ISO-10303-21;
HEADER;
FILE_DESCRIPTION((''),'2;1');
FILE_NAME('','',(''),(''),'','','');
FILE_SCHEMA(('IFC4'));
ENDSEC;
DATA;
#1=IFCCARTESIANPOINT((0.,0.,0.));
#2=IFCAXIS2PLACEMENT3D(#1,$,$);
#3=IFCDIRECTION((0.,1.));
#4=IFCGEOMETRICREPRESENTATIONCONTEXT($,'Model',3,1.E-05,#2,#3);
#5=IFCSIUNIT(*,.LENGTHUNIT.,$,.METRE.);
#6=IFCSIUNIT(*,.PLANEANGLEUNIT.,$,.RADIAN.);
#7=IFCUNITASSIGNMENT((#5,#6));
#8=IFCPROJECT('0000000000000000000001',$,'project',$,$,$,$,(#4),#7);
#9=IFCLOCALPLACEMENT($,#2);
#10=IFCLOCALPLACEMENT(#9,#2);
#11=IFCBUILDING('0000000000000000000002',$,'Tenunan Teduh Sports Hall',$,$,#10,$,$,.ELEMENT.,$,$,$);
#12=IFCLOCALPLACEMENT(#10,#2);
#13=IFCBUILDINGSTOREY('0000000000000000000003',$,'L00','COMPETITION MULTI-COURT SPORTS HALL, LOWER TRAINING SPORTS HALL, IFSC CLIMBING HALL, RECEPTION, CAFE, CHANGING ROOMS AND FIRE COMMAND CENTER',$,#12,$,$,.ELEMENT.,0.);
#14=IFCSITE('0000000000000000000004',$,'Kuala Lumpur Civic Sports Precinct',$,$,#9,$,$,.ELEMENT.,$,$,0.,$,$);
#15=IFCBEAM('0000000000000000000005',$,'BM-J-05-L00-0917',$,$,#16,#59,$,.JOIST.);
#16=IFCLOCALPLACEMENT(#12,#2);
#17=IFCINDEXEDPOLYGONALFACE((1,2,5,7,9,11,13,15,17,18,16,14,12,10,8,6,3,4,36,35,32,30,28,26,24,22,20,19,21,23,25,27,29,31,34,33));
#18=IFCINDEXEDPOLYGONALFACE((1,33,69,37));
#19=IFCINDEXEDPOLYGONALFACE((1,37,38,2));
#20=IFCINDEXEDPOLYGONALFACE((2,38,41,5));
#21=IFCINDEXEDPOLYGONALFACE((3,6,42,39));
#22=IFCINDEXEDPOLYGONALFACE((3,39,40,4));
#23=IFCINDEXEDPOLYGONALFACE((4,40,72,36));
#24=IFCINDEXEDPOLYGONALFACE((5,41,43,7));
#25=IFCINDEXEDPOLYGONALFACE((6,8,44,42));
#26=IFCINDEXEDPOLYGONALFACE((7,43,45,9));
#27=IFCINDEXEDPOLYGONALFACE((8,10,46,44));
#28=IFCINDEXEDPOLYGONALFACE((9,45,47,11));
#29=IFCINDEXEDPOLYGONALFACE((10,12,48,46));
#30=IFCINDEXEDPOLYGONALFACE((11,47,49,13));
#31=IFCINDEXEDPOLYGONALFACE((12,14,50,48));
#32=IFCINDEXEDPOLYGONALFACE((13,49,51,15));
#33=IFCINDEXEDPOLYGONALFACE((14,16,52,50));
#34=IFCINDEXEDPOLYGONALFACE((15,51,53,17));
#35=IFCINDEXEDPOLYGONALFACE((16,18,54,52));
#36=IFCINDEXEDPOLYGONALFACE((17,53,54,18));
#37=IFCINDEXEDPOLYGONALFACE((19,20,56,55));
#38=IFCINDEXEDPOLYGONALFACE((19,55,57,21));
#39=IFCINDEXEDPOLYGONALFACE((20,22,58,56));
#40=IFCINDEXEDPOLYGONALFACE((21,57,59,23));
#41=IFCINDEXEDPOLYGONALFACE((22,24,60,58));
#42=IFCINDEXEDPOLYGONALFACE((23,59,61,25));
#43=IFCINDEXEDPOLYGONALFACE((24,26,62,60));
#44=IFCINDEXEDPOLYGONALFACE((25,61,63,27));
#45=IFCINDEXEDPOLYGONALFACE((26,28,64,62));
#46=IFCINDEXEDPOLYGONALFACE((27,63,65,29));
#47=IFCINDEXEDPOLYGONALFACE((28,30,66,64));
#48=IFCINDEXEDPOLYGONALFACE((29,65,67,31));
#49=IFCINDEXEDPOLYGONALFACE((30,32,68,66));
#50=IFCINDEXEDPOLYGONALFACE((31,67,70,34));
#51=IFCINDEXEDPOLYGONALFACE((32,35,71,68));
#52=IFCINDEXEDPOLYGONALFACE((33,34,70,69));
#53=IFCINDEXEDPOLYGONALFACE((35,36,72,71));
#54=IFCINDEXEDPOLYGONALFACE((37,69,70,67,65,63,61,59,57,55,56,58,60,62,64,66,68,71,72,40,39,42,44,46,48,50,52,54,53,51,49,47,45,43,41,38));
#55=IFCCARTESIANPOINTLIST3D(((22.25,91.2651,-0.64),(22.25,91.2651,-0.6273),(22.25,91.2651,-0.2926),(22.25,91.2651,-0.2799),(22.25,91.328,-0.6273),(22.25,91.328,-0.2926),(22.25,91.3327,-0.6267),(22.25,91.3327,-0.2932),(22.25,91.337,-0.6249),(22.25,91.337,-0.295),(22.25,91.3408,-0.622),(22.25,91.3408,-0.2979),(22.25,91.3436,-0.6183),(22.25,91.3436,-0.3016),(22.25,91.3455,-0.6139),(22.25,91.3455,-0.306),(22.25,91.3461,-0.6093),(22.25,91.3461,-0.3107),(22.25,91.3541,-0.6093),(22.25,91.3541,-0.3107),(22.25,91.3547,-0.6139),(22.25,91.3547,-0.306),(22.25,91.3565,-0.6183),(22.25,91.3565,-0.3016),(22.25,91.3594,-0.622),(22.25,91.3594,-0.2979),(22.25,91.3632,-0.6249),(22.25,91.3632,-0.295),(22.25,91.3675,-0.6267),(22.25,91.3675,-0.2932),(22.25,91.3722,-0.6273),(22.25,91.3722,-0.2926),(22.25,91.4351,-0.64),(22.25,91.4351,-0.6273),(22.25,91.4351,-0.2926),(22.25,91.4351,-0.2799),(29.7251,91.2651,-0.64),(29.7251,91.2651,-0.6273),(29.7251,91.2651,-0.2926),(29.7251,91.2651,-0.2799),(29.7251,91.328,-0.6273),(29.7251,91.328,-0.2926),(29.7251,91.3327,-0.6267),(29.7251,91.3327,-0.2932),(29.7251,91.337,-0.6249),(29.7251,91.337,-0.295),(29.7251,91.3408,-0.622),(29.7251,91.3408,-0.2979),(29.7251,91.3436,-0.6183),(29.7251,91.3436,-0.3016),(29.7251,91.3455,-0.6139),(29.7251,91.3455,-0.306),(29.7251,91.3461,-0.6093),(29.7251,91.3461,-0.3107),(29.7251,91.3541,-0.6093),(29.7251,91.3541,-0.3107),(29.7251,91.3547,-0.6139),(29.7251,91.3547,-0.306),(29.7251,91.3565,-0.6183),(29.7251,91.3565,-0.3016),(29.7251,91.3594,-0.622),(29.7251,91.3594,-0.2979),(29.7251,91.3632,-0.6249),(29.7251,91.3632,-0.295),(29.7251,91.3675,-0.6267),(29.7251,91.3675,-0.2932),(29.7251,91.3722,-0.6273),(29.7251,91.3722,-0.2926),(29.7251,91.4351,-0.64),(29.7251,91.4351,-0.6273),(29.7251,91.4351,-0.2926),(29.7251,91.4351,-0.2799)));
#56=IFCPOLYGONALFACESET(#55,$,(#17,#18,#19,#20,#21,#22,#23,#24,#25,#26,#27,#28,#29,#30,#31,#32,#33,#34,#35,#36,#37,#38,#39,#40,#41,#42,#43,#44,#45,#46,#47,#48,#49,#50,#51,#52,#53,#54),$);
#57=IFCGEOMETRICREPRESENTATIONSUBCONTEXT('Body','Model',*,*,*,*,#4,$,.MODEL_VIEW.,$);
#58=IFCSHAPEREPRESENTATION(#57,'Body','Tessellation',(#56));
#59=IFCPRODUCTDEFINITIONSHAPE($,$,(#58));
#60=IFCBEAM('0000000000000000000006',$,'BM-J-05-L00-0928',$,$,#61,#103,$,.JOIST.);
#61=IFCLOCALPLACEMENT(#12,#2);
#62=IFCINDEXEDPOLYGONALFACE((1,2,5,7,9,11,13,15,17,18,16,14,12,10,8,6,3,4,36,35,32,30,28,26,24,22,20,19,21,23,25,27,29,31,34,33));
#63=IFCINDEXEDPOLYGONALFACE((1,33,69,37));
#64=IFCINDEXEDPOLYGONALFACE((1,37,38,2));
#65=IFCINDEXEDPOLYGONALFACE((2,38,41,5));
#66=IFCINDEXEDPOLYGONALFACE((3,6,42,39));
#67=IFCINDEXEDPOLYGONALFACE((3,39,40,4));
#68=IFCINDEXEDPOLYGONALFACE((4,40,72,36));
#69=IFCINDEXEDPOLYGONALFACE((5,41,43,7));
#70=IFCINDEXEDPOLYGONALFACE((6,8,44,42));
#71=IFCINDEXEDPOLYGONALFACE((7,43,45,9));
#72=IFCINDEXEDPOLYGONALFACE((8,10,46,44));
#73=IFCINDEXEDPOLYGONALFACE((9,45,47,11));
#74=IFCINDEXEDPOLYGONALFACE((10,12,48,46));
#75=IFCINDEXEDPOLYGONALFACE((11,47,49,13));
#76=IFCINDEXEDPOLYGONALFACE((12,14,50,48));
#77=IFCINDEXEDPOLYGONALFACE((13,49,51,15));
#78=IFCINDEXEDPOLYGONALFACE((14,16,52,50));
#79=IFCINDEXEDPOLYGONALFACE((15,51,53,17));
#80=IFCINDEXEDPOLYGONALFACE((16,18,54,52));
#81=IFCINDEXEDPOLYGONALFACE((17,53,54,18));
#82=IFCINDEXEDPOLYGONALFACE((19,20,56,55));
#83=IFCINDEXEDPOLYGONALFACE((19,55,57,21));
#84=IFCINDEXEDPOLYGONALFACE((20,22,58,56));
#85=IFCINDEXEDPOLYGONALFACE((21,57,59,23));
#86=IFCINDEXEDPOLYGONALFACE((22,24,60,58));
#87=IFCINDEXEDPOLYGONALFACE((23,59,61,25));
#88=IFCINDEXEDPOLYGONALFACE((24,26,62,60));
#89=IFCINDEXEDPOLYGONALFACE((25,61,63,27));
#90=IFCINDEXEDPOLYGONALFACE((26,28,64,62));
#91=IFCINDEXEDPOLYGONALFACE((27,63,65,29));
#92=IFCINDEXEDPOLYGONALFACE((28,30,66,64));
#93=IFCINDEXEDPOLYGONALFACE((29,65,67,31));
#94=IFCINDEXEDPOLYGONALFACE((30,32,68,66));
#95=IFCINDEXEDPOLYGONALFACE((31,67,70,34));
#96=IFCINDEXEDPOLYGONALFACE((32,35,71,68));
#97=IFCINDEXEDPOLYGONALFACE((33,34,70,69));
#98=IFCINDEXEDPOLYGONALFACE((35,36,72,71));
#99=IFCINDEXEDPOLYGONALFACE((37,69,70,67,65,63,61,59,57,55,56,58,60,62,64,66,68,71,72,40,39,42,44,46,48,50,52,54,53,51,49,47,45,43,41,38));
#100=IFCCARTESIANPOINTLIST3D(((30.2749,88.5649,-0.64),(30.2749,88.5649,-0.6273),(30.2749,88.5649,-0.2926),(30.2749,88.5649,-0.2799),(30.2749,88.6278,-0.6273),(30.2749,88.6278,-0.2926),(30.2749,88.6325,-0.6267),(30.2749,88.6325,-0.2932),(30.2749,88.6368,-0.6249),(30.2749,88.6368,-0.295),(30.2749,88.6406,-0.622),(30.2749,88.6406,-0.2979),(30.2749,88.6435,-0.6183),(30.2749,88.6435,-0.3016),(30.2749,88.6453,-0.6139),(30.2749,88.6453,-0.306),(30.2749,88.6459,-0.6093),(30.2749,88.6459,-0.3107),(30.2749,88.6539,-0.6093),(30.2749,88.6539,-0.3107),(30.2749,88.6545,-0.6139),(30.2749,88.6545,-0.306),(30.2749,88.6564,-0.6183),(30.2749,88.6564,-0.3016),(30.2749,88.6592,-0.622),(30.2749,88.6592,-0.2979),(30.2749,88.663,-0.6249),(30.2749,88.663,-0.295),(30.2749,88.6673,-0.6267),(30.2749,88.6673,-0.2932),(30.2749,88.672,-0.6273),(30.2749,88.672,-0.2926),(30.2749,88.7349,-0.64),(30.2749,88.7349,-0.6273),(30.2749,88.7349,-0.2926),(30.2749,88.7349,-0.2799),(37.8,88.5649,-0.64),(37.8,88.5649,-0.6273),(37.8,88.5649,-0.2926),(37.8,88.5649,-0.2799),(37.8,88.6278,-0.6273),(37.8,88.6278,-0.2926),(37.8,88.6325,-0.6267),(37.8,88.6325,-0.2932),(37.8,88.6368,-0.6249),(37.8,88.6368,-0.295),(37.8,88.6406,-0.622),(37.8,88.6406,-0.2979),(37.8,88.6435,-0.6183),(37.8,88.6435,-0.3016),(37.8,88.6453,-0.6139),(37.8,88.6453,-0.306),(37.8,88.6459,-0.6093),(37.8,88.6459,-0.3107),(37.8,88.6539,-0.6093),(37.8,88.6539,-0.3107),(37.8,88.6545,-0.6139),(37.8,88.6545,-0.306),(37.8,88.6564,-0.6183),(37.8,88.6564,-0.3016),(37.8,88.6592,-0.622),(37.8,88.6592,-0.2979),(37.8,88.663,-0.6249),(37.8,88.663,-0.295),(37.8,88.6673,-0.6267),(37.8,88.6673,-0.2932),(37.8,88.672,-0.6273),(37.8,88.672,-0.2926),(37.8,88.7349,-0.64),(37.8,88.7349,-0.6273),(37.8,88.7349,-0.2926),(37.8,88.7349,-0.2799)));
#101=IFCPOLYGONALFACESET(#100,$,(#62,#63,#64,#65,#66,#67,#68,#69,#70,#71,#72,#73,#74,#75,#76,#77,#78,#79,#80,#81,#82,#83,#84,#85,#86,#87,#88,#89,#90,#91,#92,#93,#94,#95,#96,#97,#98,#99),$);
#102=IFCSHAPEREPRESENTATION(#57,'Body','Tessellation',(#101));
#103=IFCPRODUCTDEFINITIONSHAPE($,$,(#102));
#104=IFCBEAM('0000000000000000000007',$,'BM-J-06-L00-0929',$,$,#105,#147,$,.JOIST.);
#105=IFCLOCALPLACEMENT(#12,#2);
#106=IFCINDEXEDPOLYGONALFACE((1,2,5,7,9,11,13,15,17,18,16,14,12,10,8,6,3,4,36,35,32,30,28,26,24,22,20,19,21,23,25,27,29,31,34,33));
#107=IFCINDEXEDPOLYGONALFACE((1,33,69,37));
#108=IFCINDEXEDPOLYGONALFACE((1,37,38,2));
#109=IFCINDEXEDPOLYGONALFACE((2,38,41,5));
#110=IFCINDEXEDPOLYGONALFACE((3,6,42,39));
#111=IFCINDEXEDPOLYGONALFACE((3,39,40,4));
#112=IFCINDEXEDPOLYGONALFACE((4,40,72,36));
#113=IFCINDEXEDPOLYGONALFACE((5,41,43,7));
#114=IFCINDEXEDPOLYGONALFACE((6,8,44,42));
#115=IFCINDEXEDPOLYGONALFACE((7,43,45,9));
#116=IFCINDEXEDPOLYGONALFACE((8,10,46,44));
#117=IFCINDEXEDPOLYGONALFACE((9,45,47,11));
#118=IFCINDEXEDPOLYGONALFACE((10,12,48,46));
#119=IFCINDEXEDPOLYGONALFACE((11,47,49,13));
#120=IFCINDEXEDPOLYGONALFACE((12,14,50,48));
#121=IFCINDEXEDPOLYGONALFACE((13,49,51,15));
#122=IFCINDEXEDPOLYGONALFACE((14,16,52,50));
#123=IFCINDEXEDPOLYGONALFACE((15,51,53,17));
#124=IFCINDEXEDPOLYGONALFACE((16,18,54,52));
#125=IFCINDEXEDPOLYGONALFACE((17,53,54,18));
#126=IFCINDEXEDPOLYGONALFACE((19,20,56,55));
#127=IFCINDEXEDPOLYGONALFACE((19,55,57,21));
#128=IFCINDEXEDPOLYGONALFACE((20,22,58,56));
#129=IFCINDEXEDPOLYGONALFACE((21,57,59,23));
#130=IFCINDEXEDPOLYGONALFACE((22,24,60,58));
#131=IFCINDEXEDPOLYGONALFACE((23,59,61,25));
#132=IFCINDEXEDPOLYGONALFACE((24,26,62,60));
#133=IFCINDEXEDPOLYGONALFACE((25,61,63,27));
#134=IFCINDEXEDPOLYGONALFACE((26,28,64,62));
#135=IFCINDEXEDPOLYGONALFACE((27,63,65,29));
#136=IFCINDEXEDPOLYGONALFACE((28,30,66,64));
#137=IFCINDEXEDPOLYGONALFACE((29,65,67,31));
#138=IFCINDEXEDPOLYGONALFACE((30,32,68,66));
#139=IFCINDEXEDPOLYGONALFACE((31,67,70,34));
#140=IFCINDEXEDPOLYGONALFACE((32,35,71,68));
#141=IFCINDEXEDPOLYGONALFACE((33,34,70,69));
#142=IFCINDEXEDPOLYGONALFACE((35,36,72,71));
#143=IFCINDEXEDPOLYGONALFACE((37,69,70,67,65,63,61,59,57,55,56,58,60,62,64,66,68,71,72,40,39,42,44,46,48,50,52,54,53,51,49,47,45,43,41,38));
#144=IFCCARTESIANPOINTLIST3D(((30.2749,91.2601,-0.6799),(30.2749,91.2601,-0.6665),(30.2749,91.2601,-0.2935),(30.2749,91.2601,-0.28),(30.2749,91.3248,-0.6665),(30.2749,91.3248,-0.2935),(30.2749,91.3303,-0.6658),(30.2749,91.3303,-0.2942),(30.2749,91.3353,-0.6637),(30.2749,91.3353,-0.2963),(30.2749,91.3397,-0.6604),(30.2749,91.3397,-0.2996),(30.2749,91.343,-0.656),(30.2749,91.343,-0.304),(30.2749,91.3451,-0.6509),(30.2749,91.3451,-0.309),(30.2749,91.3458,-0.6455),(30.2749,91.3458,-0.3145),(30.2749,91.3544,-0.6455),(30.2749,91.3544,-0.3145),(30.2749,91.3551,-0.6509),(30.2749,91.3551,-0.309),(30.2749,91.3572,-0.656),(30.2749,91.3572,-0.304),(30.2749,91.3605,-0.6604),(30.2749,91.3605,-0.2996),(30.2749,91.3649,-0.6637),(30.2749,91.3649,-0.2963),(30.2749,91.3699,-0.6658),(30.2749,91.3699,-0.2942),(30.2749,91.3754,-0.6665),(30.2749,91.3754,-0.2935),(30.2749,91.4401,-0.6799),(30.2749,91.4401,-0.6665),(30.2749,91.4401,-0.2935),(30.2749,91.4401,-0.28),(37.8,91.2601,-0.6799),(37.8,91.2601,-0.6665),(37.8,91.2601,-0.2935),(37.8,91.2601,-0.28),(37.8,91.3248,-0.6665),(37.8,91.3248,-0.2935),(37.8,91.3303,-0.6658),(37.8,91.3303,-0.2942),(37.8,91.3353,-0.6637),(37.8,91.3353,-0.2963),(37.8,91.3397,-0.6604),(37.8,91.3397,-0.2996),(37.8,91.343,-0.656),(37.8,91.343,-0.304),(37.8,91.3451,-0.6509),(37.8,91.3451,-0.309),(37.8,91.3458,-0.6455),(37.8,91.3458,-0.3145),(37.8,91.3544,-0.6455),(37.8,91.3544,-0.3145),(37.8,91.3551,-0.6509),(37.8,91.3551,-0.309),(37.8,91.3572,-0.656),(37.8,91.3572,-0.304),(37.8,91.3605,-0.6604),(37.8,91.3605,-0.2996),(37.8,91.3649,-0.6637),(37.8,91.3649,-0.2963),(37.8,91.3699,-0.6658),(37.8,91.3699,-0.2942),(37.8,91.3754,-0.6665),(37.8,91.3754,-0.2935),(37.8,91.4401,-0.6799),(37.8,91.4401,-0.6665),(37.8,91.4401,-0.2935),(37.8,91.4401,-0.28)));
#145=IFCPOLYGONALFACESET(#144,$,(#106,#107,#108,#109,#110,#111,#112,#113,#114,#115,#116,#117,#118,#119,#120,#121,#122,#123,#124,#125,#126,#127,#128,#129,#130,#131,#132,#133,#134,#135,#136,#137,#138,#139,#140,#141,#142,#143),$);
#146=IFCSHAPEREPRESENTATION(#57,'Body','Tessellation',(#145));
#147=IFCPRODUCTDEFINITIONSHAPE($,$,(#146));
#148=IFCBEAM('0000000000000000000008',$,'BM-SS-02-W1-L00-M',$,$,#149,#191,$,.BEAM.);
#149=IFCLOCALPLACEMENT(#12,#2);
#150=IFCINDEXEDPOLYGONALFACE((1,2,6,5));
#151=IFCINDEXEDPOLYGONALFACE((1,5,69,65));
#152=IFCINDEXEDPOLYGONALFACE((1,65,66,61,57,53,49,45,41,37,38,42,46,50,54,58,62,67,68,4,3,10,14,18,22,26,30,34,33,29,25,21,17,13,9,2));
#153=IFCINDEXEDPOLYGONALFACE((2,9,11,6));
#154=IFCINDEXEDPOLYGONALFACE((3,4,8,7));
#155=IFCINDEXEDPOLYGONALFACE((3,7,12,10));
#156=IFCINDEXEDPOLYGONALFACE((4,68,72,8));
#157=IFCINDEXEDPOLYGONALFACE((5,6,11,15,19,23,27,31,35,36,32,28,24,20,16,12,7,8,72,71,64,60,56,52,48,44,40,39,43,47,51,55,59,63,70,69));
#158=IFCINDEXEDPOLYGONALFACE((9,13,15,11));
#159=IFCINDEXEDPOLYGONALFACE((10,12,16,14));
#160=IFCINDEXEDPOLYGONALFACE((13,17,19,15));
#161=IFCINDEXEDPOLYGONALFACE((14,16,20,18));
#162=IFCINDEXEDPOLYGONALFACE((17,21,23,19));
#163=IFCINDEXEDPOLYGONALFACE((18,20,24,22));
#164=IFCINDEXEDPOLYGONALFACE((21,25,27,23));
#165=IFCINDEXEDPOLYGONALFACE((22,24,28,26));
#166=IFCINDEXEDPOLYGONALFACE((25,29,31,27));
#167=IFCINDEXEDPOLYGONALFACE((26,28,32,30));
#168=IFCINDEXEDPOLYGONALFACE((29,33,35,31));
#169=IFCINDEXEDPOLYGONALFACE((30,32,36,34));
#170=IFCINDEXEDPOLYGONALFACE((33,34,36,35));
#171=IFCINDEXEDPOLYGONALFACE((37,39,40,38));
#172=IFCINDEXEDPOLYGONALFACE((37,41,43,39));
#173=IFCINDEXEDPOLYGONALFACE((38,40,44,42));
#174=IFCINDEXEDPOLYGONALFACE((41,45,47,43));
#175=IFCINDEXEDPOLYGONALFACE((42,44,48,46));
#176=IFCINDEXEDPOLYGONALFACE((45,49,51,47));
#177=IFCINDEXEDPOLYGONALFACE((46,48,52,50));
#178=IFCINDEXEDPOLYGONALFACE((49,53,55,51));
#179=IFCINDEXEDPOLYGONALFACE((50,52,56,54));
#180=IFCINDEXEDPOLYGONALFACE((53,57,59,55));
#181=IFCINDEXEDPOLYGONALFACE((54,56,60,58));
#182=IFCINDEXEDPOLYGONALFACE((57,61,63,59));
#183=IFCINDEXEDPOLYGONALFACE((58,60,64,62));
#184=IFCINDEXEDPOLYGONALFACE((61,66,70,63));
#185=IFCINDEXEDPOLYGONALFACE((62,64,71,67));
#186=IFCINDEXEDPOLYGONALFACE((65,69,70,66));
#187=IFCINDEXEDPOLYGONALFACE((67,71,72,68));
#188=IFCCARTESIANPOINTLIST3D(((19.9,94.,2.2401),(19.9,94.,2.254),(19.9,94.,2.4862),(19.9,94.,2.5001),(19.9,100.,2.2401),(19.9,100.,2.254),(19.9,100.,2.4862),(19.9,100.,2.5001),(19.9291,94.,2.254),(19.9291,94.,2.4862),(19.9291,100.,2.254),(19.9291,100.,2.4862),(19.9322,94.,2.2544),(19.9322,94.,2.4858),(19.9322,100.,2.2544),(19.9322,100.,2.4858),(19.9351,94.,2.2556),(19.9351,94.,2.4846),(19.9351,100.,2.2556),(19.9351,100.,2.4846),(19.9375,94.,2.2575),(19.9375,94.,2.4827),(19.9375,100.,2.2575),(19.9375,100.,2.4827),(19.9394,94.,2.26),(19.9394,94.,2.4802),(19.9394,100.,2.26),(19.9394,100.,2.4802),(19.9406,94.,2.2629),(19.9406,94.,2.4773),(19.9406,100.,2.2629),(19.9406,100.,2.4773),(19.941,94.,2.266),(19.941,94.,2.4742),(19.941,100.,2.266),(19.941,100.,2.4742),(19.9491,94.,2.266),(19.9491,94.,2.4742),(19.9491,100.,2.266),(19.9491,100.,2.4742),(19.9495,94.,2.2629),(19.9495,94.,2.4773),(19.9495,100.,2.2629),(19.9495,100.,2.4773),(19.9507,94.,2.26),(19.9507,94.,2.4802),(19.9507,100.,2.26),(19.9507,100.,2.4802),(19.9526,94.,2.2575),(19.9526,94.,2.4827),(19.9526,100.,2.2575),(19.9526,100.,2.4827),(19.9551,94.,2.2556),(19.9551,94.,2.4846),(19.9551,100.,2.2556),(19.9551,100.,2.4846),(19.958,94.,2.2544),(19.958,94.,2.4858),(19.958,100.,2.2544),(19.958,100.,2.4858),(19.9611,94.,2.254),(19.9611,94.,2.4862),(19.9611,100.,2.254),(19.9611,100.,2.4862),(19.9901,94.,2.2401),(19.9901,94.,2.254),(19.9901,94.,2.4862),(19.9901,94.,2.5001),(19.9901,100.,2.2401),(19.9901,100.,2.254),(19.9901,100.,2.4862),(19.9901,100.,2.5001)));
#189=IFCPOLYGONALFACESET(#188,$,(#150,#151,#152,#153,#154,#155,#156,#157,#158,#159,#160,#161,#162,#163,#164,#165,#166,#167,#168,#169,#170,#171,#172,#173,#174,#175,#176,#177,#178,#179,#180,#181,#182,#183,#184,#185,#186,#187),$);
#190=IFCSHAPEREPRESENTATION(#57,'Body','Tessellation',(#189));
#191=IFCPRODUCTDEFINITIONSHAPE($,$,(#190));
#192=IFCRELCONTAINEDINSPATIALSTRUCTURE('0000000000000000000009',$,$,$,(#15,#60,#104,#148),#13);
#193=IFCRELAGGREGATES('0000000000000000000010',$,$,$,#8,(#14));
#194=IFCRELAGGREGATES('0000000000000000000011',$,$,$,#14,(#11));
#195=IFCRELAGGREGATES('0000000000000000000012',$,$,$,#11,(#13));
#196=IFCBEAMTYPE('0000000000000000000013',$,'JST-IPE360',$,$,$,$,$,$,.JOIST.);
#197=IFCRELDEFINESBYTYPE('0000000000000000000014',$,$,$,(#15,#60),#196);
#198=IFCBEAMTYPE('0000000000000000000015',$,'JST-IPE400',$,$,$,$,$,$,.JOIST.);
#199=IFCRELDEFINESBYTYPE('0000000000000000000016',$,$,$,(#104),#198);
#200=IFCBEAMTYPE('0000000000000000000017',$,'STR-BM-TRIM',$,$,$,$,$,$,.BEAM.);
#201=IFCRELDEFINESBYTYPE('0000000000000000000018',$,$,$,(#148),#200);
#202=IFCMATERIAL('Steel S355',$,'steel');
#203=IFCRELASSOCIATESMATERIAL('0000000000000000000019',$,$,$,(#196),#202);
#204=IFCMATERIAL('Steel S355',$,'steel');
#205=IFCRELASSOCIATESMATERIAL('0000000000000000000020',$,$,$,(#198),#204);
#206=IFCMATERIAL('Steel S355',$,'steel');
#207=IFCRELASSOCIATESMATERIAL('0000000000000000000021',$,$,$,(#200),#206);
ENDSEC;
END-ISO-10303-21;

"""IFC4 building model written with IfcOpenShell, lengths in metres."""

from ifc_helpers import new_model, si_unit, direction, frame, origin, origin_2d, place, context, subcontext, project, spatial, i_section, extrude, material, material_profile, profile_set, type_object, element, save


model = new_model("IFC4")

# Units and contexts
model_context = context("Model", 3, precision=1e-05, world=origin(), true_north=direction((0.0, 1.0)))
body_context = subcontext(model_context, "Body", "Model", "MODEL_VIEW")
ifc_project = project(units=[si_unit("LENGTHUNIT", "METRE"), si_unit("PLANEANGLEUNIT", "RADIAN")], contexts=[model_context])

# Site, building, storey
site_placement = place(None, origin())
site = spatial("IfcSite", under=ifc_project, at=site_placement, Name="Kuala Lumpur Civic Sports Precinct", CompositionType="ELEMENT", RefElevation=0.0)
building_placement = place(site_placement, origin())
building = spatial("IfcBuilding", under=site, at=building_placement, Name="Tenunan Teduh Sports Hall", CompositionType="ELEMENT")
storey_placement = place(building_placement, origin())
storey = spatial("IfcBuildingStorey", under=building, at=storey_placement, Name="L00", Description="COMPETITION MULTI-COURT SPORTS HALL, LOWER TRAINING SPORTS HALL, IFSC CLIMBING HALL, RECEPTION, CAFE, CHANGING ROOMS AND FIRE COMMAND CENTER", CompositionType="ELEMENT", Elevation=0.0)

# Beams
ifc_material_1 = material(Name="Steel S355", Category="steel")
ifc_material_profile_1 = material_profile(ifc_material_1, i_section(OverallWidth=0.1699, OverallDepth=0.3601, WebThickness=0.0081, FlangeThickness=0.0127, FilletRadius=0.0181, at=origin_2d()), Name="IPE 360")
ifc_profile_set_1 = profile_set([ifc_material_profile_1], Name="Steel S355")
beam_type_1 = type_object("IfcBeamType", Name="JST-IPE360", PredefinedType="JOIST", material=ifc_profile_set_1)
beam_1_placement = place(storey_placement, frame((22.25, 91.3501, -0.46), z_axis=(1.0, 0.0, 0.0), x_axis=(0.0, 1.0, 0.0)))
element("IfcBeam", 1, at=beam_1_placement, inside=storey, type_object=beam_type_1, Name="BM-J-05-L00-0917", PredefinedType="JOIST", context=body_context, shape_type="SweptSolid", body=[
    extrude(i_section(OverallWidth=0.1699, OverallDepth=0.3601, WebThickness=0.0081, FlangeThickness=0.0127, FilletRadius=0.0181, at=origin_2d()), origin(), (0.0, 0.0, 1.0), 7.4751),
])
beam_2_placement = place(storey_placement, frame((30.2749, 88.6499, -0.46), z_axis=(1.0, 0.0, 0.0), x_axis=(0.0, 1.0, 0.0)))
element("IfcBeam", 2, at=beam_2_placement, inside=storey, type_object=beam_type_1, Name="BM-J-05-L00-0928", PredefinedType="JOIST", context=body_context, shape_type="SweptSolid", body=[
    extrude(i_section(OverallWidth=0.1699, OverallDepth=0.3601, WebThickness=0.0081, FlangeThickness=0.0127, FilletRadius=0.0181, at=origin_2d()), origin(), (0.0, 0.0, 1.0), 7.5251),
])
ifc_material_2 = material(Name="Steel S355", Category="steel")
ifc_material_profile_2 = material_profile(ifc_material_2, i_section(OverallWidth=0.1799, OverallDepth=0.3999, WebThickness=0.0085, FlangeThickness=0.0134, FilletRadius=0.021, at=origin_2d()), Name="IPE 400")
ifc_profile_set_2 = profile_set([ifc_material_profile_2], Name="Steel S355")
beam_type_2 = type_object("IfcBeamType", Name="JST-IPE400", PredefinedType="JOIST", material=ifc_profile_set_2)
beam_3_placement = place(storey_placement, frame((30.2749, 91.3501, -0.48), z_axis=(1.0, 0.0, 0.0), x_axis=(0.0, 1.0, 0.0)))
element("IfcBeam", 3, at=beam_3_placement, inside=storey, type_object=beam_type_2, Name="BM-J-06-L00-0929", PredefinedType="JOIST", context=body_context, shape_type="SweptSolid", body=[
    extrude(i_section(OverallWidth=0.1799, OverallDepth=0.3999, WebThickness=0.0085, FlangeThickness=0.0134, FilletRadius=0.021, at=origin_2d()), origin(), (0.0, 0.0, 1.0), 7.5251),
])
ifc_material_3 = material(Name="Steel S355", Category="steel")
ifc_material_profile_3 = material_profile(ifc_material_3, i_section(OverallWidth=0.0901, OverallDepth=0.26, WebThickness=0.0081, FlangeThickness=0.0139, FilletRadius=0.012, at=origin_2d()), Name="PFC 260x90")
ifc_profile_set_3 = profile_set([ifc_material_profile_3], Name="Steel S355")
beam_type_3 = type_object("IfcBeamType", Name="STR-BM-TRIM", PredefinedType="BEAM", material=ifc_profile_set_3)
beam_4_placement = place(storey_placement, frame((19.9451, 94.0, 2.3701), z_axis=(0.0, 1.0, 0.0), x_axis=(-1.0, 0.0, 0.0)))
element("IfcBeam", 4, at=beam_4_placement, inside=storey, type_object=beam_type_3, Name="BM-SS-02-W1-L00-M", PredefinedType="BEAM", context=body_context, shape_type="SweptSolid", body=[
    extrude(i_section(OverallWidth=0.0901, OverallDepth=0.26, WebThickness=0.0081, FlangeThickness=0.0139, FilletRadius=0.012, at=origin_2d()), origin(), (0.0, 0.0, 1.0), 6.0),
])

save(model, "model.ifc")
